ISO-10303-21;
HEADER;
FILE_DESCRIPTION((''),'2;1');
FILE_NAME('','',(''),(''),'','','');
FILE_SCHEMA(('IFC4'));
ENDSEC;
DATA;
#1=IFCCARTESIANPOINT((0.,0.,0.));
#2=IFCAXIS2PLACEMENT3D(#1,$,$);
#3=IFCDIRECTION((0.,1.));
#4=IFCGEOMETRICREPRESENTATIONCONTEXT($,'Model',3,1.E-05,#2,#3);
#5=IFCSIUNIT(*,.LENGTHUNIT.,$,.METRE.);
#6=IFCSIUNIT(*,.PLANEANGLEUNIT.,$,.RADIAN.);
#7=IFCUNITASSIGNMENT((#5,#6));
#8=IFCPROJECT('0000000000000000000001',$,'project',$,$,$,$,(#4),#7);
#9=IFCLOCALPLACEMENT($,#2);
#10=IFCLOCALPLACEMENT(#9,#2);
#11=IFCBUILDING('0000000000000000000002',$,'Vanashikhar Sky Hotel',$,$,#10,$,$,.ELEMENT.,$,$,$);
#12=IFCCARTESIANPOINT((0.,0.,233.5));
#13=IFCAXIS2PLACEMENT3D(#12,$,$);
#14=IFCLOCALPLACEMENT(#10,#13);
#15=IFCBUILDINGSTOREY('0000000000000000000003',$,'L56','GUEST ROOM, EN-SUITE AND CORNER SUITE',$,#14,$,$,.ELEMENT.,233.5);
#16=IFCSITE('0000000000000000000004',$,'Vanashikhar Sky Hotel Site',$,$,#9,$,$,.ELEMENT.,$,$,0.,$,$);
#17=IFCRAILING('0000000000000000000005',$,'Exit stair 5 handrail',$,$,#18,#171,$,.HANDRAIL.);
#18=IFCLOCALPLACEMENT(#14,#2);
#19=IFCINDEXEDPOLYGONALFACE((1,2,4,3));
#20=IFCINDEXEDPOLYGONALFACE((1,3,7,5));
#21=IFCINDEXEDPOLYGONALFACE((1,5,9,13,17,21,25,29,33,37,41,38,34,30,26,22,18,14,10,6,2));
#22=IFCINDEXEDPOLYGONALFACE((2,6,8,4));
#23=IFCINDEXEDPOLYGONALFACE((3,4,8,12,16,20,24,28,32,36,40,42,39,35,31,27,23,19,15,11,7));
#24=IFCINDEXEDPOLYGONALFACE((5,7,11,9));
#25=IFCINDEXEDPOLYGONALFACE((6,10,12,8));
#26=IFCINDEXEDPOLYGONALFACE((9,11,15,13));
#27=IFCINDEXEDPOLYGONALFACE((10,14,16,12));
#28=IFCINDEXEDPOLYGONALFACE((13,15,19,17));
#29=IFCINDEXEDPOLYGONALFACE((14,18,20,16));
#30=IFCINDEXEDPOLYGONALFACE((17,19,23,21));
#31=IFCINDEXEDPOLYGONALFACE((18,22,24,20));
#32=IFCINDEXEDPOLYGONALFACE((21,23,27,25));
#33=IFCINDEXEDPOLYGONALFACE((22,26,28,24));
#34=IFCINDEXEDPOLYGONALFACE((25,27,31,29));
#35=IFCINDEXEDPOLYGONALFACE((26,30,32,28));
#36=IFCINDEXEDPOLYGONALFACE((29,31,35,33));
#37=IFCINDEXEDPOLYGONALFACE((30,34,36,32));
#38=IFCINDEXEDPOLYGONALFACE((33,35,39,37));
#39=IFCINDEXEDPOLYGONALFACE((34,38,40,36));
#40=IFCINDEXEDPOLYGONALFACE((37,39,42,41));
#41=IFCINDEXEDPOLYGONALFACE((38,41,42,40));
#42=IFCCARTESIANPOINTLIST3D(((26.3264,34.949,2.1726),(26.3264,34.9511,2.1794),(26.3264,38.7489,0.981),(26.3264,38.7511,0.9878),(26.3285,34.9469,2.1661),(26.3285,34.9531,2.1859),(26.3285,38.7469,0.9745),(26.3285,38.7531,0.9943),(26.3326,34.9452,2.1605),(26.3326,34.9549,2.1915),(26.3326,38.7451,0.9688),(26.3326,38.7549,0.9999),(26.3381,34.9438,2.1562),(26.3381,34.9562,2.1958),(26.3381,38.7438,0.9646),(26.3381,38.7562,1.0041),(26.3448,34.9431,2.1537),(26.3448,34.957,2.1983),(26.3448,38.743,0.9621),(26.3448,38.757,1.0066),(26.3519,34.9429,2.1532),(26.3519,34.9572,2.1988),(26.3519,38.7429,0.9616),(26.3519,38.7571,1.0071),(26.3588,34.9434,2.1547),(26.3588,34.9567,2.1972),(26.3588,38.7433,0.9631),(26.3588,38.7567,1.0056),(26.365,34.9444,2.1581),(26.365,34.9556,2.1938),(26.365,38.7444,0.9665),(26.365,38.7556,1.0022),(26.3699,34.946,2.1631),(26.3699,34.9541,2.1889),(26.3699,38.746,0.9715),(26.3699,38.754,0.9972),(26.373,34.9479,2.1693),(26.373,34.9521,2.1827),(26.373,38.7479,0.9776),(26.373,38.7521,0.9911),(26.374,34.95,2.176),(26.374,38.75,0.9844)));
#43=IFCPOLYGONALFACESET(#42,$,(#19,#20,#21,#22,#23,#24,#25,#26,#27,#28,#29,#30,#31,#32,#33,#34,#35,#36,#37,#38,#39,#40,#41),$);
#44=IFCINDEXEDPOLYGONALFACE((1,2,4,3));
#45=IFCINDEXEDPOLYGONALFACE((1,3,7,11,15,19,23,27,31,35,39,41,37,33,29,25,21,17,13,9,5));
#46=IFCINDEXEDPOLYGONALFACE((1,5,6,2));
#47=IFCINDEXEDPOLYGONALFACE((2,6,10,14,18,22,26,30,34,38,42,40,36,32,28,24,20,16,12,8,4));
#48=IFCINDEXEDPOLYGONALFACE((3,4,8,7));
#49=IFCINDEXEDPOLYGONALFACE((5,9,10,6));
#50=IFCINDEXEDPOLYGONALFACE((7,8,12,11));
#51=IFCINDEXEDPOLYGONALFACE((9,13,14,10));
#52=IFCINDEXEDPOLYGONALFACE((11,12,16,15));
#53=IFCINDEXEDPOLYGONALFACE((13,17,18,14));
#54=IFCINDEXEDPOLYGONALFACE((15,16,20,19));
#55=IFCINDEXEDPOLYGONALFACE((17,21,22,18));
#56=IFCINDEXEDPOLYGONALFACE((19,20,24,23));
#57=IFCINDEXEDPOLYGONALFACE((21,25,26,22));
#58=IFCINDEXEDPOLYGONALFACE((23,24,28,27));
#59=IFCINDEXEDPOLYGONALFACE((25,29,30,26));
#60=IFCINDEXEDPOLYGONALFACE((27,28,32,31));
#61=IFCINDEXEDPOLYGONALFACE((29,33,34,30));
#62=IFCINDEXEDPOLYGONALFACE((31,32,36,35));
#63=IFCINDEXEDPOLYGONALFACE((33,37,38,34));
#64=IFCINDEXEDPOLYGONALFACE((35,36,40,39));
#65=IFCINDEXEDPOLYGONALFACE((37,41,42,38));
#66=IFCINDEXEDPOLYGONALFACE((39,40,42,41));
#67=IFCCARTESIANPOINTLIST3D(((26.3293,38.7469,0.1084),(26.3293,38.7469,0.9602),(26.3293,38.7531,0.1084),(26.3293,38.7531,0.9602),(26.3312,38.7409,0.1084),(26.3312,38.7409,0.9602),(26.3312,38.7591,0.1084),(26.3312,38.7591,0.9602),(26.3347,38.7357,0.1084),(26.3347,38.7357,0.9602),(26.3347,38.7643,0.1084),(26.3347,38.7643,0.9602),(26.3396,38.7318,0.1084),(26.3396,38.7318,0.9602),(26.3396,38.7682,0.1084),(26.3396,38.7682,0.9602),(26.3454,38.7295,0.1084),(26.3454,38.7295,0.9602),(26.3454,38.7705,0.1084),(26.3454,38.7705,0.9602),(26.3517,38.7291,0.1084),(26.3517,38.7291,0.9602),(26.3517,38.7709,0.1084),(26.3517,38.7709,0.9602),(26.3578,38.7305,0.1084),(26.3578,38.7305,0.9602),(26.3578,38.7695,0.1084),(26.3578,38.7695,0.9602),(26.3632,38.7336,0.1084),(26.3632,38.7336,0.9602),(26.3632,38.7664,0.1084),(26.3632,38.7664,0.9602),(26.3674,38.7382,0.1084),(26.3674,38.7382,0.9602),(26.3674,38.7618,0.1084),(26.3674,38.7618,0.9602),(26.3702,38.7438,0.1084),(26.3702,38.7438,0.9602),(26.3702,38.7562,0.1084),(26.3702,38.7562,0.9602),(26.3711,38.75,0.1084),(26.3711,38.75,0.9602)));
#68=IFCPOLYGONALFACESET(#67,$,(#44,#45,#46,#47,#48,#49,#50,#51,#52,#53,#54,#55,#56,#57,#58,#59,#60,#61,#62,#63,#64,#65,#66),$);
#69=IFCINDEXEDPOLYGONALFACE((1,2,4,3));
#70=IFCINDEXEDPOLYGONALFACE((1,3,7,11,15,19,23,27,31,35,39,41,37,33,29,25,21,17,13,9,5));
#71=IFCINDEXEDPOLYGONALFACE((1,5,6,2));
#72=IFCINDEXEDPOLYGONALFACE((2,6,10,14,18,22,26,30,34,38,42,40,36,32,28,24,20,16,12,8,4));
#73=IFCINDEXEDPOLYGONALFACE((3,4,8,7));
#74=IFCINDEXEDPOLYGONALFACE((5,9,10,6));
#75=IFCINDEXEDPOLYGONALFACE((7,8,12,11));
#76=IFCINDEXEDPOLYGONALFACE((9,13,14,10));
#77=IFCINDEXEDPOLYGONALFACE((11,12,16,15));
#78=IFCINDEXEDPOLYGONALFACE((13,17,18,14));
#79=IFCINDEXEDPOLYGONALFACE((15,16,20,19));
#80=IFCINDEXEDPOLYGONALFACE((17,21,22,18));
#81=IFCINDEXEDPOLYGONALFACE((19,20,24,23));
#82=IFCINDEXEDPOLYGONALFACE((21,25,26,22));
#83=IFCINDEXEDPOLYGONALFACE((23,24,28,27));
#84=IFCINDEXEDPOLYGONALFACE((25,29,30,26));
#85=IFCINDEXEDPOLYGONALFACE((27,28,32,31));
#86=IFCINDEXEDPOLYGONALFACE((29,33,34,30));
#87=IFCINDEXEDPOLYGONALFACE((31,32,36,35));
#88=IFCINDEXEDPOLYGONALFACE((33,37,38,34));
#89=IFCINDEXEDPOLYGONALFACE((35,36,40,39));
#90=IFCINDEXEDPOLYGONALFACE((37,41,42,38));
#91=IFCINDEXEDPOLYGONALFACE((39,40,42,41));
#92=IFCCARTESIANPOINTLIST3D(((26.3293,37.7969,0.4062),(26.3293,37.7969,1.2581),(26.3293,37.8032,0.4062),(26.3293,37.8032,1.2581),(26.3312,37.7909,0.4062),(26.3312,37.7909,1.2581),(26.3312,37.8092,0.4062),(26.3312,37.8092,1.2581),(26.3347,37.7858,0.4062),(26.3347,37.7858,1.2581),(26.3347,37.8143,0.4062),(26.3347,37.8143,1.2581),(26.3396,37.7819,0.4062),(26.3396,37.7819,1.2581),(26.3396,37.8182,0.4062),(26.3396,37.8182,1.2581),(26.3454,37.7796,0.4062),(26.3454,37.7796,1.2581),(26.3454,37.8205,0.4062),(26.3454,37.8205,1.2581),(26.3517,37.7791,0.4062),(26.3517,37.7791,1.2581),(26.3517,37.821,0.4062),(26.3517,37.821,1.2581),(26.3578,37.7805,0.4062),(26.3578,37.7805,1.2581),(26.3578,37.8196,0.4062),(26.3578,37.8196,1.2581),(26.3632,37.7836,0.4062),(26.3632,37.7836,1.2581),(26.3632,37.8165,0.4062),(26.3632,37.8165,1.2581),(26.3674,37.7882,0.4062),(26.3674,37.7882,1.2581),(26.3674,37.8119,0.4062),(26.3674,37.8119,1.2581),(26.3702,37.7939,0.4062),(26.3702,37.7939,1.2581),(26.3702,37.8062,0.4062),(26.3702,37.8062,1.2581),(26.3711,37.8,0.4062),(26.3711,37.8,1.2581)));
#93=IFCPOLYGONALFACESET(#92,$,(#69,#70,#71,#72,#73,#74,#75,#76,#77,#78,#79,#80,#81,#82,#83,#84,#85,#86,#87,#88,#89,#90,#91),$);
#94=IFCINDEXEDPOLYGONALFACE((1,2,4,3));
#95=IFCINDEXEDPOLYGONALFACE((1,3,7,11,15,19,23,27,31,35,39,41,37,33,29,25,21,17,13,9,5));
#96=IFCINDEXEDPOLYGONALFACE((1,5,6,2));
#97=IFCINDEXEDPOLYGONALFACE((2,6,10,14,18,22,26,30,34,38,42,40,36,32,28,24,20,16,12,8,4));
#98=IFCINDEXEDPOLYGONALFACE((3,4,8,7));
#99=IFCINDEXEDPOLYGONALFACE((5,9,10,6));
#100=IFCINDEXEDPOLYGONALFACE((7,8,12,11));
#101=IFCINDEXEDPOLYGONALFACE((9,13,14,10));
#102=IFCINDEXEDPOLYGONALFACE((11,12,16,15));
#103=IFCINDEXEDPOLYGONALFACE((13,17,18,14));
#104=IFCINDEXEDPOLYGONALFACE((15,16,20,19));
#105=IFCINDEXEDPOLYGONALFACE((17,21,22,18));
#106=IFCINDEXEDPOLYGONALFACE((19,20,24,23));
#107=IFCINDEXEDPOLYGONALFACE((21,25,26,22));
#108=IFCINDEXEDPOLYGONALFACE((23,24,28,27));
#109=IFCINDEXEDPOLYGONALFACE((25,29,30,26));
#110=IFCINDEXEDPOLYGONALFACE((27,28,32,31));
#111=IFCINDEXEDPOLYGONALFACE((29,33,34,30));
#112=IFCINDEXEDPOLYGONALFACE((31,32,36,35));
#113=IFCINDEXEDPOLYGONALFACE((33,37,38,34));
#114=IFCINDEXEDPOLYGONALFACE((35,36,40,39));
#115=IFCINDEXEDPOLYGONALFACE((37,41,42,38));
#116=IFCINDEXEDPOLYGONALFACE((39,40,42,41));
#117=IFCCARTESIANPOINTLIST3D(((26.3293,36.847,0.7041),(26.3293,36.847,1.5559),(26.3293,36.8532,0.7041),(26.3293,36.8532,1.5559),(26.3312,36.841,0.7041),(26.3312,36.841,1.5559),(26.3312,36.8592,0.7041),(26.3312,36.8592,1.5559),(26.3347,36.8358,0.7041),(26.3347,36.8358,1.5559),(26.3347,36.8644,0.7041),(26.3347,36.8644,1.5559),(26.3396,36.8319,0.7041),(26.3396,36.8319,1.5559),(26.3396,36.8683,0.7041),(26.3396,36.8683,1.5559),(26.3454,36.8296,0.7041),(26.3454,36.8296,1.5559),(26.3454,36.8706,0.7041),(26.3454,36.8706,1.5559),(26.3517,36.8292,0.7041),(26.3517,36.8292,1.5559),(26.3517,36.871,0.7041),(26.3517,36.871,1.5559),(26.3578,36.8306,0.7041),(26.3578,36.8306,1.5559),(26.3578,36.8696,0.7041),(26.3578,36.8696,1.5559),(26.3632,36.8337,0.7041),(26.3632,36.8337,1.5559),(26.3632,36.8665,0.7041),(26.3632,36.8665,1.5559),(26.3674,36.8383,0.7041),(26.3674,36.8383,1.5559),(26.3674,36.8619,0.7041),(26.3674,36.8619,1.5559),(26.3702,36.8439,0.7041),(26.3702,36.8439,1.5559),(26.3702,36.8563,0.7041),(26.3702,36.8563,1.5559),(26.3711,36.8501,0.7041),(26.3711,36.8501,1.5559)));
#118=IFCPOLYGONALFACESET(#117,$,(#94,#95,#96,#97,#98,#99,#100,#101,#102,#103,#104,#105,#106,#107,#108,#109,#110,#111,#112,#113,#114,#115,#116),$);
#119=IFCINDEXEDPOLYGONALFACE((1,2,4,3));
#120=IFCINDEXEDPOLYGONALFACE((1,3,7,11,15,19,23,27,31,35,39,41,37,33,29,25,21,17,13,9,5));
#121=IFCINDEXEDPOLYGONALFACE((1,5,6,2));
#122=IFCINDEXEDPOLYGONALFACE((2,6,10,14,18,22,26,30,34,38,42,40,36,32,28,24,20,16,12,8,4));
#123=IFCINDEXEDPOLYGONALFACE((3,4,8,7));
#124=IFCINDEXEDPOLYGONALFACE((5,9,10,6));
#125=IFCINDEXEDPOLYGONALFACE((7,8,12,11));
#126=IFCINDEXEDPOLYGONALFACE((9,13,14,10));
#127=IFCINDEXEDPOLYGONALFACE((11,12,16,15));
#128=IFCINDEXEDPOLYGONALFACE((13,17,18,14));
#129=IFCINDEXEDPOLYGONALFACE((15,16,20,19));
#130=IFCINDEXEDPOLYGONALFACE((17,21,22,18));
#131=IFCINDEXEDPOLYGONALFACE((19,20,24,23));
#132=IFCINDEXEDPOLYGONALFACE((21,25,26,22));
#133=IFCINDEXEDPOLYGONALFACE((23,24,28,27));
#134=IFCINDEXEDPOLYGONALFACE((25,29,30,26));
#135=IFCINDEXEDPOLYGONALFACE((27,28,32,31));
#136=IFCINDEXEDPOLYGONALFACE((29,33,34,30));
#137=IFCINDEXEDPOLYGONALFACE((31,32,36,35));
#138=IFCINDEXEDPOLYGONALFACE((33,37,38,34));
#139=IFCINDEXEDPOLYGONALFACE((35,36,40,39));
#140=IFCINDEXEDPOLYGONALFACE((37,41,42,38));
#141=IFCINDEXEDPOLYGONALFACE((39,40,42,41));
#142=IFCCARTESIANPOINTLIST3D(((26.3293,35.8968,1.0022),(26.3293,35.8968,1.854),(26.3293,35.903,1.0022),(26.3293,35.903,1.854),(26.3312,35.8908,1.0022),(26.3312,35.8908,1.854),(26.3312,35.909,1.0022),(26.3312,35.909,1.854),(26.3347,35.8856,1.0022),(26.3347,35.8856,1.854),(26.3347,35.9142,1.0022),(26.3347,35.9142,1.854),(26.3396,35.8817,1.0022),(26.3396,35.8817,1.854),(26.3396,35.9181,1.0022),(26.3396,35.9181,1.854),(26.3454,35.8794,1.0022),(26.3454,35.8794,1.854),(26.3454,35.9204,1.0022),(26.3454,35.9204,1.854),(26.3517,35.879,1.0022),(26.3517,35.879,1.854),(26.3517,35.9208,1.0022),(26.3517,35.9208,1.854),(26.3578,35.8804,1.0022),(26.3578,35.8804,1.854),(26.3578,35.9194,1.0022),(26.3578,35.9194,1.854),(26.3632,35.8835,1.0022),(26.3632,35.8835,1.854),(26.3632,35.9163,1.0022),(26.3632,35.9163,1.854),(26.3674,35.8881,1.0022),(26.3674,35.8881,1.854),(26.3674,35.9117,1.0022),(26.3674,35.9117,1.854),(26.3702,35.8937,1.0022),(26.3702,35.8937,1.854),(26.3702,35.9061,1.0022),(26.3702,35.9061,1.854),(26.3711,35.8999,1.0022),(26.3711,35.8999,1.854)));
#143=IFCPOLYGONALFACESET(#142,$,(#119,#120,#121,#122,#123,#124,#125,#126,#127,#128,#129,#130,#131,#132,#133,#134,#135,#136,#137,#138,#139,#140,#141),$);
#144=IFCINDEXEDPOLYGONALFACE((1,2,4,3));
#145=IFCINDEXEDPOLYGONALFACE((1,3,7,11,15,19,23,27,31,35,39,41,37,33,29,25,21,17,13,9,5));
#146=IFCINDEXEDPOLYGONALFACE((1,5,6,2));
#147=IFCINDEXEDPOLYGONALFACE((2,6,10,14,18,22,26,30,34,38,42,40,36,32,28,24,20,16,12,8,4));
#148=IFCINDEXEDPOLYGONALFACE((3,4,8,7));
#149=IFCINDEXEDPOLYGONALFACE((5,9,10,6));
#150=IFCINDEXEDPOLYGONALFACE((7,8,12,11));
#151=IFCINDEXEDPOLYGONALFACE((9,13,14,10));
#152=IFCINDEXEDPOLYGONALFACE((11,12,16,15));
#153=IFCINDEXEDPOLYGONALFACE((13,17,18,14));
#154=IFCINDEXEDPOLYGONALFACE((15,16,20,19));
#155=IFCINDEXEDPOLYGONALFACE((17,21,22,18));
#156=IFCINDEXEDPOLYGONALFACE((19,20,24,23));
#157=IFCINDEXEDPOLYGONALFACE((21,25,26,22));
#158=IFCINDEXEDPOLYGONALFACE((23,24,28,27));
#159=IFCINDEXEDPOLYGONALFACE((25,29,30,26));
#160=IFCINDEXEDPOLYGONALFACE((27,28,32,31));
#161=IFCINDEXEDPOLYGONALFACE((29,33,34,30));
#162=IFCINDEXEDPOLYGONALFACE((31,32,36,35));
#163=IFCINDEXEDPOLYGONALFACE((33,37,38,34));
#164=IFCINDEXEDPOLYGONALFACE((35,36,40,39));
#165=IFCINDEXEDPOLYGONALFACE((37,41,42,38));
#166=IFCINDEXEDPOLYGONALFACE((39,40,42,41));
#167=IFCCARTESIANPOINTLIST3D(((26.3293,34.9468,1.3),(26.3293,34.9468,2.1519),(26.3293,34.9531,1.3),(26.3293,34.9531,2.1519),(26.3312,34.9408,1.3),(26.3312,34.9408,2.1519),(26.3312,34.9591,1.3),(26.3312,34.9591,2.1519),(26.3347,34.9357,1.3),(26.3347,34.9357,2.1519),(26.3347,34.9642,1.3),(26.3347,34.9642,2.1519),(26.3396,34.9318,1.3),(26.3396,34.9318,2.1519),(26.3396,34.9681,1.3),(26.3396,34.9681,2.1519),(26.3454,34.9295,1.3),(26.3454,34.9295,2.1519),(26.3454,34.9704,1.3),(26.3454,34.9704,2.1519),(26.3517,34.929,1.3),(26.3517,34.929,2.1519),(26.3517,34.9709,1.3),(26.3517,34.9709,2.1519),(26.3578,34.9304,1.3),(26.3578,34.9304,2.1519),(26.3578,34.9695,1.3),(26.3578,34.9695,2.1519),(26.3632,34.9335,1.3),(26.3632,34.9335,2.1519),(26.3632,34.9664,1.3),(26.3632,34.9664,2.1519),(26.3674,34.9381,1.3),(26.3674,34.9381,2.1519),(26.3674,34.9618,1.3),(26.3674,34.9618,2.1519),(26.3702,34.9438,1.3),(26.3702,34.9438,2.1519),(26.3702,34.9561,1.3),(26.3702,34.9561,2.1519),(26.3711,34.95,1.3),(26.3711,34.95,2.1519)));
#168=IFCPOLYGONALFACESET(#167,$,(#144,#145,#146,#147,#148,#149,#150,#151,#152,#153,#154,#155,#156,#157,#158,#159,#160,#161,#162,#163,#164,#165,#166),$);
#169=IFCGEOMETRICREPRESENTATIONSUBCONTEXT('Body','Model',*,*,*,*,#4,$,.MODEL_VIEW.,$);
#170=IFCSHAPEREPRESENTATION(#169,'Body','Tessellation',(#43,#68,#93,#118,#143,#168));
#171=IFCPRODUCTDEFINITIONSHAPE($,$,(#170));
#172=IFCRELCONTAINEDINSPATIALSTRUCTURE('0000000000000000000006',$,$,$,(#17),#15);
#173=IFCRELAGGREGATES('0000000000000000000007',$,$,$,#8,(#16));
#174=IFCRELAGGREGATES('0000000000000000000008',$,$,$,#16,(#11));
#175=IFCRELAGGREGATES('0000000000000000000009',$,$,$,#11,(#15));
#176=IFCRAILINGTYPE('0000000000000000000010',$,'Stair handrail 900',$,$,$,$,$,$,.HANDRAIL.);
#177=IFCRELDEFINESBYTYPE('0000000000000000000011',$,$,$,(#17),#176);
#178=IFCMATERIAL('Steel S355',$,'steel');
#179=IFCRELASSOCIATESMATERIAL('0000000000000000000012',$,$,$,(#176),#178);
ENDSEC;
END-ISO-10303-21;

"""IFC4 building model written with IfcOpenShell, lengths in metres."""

from ifc_helpers import new_model, si_unit, direction, frame, origin, origin_2d, place, context, subcontext, project, spatial, circle, extrude, source, transform, mapped, material, type_object, element, save


model = new_model("IFC4")

# Units and contexts
model_context = context("Model", 3, precision=1e-05, world=origin(), true_north=direction((0.0, 1.0)))
body_context = subcontext(model_context, "Body", "Model", "MODEL_VIEW")
ifc_project = project(units=[si_unit("LENGTHUNIT", "METRE"), si_unit("PLANEANGLEUNIT", "RADIAN")], contexts=[model_context])

# Site, building, storey
site_placement = place(None, origin())
site = spatial("IfcSite", under=ifc_project, at=site_placement, Name="Vanashikhar Sky Hotel Site", CompositionType="ELEMENT", RefElevation=0.0)
building_placement = place(site_placement, origin())
building = spatial("IfcBuilding", under=site, at=building_placement, Name="Vanashikhar Sky Hotel", CompositionType="ELEMENT")
storey_placement = place(building_placement, frame((0.0, 0.0, 233.5)))
storey = spatial("IfcBuildingStorey", under=building, at=storey_placement, Name="L56", Description="GUEST ROOM, EN-SUITE AND CORNER SUITE", CompositionType="ELEMENT", Elevation=233.5)

# Railing
ifc_material_1 = material(Name="Steel S355", Category="steel")
railing_type_1 = type_object("IfcRailingType", Name="Stair handrail 900", PredefinedType="HANDRAIL", material=ifc_material_1)
shared_shape_1 = source(origin(), body_context, "Body", "SweptSolid", [
    extrude(circle(Radius=0.0239, at=origin_2d()), frame((0.0, 0.0, 0.876), z_axis=(0.0, -0.954184, 0.299221), x_axis=(1.0, 0.0, 0.0)), (0.0, 0.0, 1.0), 3.9824),
    extrude(circle(Radius=0.021, at=origin_2d()), origin(), (0.0, 0.0, 1.0), 0.8518),
    extrude(circle(Radius=0.021, at=origin_2d()), frame((0.0, -0.95, 0.2979)), (0.0, 0.0, 1.0), 0.8518),
    extrude(circle(Radius=0.021, at=origin_2d()), frame((0.0, -1.8999, 0.5957)), (0.0, 0.0, 1.0), 0.8518),
    extrude(circle(Radius=0.021, at=origin_2d()), frame((0.0, -2.8501, 0.8938)), (0.0, 0.0, 1.0), 0.8518),
    extrude(circle(Radius=0.021, at=origin_2d()), frame((0.0, -3.8, 1.1917)), (0.0, 0.0, 1.0), 0.8518),
])
for number, where, name in (
    (1, (26.3501, 38.75, 0.1084), "Exit stair 5 handrail"),
):
    element("IfcRailing", number, at=place(storey_placement, frame(where)), inside=storey, type_object=railing_type_1, Name=name, PredefinedType="HANDRAIL", context=body_context, shape_type="MappedRepresentation", body=[
        mapped(shared_shape_1, transform((0.0, 0.0, 0.0), scale=1.0)),
    ])

save(model, "model.ifc")
